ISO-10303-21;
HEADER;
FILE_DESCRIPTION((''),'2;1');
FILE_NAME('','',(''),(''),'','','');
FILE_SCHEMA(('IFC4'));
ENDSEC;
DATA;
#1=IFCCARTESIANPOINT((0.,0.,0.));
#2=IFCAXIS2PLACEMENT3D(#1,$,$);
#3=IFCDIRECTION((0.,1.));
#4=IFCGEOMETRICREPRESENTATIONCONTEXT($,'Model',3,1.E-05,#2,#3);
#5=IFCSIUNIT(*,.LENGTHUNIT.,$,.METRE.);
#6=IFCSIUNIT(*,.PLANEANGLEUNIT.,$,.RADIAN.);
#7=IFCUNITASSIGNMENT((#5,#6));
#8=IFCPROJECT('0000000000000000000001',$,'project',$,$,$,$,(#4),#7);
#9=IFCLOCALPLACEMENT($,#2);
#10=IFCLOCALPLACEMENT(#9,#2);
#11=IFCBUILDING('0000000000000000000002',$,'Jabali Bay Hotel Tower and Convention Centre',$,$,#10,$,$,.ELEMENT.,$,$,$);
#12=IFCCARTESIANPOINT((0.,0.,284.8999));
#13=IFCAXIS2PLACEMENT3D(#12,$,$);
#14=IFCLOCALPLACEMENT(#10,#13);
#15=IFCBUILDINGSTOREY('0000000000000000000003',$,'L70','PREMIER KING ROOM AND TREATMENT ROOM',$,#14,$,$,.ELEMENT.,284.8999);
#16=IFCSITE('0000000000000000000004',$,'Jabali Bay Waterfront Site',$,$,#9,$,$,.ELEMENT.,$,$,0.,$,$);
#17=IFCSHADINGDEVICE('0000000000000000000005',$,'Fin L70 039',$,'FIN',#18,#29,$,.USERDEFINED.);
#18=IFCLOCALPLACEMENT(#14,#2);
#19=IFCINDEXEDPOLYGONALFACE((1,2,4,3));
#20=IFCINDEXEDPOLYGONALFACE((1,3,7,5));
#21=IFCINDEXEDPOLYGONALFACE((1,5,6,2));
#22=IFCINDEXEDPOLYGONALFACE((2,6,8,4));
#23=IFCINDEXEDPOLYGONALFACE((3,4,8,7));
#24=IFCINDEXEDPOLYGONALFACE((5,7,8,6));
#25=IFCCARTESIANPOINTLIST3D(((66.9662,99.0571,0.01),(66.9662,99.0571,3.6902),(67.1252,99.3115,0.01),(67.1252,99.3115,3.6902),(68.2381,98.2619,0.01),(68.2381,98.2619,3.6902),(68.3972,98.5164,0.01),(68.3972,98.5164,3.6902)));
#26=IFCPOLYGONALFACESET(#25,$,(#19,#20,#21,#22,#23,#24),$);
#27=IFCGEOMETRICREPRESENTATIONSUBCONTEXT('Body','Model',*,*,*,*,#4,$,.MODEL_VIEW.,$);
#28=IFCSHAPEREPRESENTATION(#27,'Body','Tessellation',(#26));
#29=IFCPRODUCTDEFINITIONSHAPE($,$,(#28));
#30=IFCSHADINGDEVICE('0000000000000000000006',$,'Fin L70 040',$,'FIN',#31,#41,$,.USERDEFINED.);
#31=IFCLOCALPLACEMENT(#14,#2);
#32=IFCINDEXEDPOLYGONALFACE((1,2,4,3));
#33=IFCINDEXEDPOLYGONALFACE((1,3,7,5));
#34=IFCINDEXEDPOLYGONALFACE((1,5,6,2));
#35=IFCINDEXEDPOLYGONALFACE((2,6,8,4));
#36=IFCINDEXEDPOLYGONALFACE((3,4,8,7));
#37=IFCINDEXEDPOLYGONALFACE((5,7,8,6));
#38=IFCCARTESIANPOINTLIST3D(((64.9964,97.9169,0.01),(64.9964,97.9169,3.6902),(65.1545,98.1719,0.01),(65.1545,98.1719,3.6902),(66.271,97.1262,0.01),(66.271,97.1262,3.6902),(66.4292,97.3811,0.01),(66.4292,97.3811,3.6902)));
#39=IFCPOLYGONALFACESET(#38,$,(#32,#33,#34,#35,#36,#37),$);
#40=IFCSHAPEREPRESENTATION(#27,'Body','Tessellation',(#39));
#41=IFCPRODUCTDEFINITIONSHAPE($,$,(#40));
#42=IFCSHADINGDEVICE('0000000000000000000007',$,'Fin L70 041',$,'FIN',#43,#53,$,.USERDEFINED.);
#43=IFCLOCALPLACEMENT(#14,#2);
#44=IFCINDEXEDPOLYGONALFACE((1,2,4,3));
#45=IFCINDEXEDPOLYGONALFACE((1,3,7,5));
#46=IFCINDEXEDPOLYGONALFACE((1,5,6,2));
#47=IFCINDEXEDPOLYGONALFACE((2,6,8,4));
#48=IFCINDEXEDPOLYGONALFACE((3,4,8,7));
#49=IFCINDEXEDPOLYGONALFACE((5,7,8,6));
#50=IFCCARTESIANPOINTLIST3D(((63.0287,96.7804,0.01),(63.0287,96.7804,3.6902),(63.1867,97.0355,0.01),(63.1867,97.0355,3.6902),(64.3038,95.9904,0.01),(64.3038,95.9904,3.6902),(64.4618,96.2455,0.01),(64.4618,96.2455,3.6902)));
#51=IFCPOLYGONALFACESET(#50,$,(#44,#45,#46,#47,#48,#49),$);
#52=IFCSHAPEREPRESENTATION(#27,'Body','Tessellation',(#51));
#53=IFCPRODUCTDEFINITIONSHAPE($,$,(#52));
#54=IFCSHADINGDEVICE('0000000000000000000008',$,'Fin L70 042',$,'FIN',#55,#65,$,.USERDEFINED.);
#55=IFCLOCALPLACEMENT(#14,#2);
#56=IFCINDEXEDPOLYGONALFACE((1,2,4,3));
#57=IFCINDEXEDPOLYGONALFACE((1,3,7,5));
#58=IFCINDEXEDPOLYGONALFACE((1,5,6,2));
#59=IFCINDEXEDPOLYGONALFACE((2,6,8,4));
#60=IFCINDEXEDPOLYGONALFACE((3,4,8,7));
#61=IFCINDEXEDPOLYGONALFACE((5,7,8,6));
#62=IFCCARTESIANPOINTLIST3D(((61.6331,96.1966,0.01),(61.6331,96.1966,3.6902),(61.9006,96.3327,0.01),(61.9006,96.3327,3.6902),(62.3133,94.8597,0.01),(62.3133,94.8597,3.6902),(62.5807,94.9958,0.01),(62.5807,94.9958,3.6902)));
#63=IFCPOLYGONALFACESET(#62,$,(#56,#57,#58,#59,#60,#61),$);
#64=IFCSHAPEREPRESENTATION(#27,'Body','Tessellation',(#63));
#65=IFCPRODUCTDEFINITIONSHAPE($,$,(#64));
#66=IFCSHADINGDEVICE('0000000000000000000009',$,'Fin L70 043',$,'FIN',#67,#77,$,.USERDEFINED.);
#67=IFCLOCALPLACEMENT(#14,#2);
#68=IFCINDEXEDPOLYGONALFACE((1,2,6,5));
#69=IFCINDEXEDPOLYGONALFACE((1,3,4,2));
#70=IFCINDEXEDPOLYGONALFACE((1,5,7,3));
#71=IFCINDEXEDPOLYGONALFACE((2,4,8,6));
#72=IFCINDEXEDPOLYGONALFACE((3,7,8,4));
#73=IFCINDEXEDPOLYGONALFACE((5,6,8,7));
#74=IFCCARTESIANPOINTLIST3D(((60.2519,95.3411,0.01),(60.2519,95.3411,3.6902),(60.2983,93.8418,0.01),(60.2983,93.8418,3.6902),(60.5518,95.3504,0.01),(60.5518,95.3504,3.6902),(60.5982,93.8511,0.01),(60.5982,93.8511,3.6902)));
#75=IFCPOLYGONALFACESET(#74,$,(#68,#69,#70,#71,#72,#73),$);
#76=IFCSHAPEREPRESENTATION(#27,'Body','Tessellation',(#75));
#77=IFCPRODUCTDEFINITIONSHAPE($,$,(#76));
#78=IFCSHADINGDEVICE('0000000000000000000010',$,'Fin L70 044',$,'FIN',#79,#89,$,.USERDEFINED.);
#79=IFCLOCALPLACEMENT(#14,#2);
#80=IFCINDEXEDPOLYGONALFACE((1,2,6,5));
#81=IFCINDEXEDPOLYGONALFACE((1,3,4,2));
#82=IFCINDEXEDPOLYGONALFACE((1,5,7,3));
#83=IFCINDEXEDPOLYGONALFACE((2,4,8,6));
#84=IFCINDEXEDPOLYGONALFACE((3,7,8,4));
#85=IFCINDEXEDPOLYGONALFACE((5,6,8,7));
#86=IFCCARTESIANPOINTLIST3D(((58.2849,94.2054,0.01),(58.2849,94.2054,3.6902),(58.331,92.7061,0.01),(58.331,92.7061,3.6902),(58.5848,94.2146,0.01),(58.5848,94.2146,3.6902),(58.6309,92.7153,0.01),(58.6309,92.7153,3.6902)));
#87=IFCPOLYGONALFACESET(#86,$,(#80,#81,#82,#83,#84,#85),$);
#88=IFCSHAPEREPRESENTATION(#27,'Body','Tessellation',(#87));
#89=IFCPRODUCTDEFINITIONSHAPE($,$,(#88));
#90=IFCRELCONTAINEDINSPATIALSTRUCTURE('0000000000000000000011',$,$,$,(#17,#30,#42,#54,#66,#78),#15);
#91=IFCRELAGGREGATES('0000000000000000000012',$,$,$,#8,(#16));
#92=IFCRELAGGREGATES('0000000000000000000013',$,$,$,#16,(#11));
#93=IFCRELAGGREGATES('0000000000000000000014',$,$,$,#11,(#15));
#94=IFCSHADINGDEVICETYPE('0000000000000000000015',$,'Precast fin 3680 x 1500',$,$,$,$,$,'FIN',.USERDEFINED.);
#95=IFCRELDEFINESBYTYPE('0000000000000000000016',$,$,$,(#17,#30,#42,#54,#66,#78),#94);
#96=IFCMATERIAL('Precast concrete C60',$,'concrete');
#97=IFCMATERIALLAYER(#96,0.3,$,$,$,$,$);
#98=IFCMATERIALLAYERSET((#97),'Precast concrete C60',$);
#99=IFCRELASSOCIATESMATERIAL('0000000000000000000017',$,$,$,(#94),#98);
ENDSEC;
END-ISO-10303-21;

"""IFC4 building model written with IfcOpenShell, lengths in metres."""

from ifc_helpers import new_model, si_unit, direction, frame, frame_2d, origin, place, context, subcontext, project, spatial, rectangle, extrude, material, layer, layer_set, type_object, element, save


model = new_model("IFC4")

# Units and contexts
model_context = context("Model", 3, precision=1e-05, world=origin(), true_north=direction((0.0, 1.0)))
body_context = subcontext(model_context, "Body", "Model", "MODEL_VIEW")
ifc_project = project(units=[si_unit("LENGTHUNIT", "METRE"), si_unit("PLANEANGLEUNIT", "RADIAN")], contexts=[model_context])

# Site, building, storey
site_placement = place(None, origin())
site = spatial("IfcSite", under=ifc_project, at=site_placement, Name="Jabali Bay Waterfront Site", CompositionType="ELEMENT", RefElevation=0.0)
building_placement = place(site_placement, origin())
building = spatial("IfcBuilding", under=site, at=building_placement, Name="Jabali Bay Hotel Tower and Convention Centre", CompositionType="ELEMENT")
storey_placement = place(building_placement, frame((0.0, 0.0, 284.8999)))
storey = spatial("IfcBuildingStorey", under=building, at=storey_placement, Name="L70", Description="PREMIER KING ROOM AND TREATMENT ROOM", CompositionType="ELEMENT", Elevation=284.8999)

# Shading devices
ifc_material_1 = material(Name="Precast concrete C60", Category="concrete")
ifc_layer_1 = layer(ifc_material_1, 0.3)
ifc_layer_set_1 = layer_set([ifc_layer_1], Name="Precast concrete C60")
shading_device_type_1 = type_object("IfcShadingDeviceType", Name="Precast fin 3680 x 1500", ElementType="FIN", PredefinedType="USERDEFINED", material=ifc_layer_set_1)
for number, where, z_axis, x_axis, name in (
    (1, (68.3176, 98.3892, 0.01), (0.0, 0.0, 1.0), (-0.847943, 0.530087, 0.0), "Fin L70 039"),
    (2, (66.3501, 97.2537, 0.01), (0.0, 0.0, 1.0), (-0.849758, 0.527172, 0.0), "Fin L70 040"),
    (3, (64.3828, 96.1179, 0.01), (0.0, 0.0, 1.0), (-0.850067, 0.526674, 0.0), "Fin L70 041"),
    (4, (62.447, 94.9277, 0.01), (0.0, 0.0, 1.0), (-0.453453, 0.89128, 0.0), "Fin L70 042"),
    (5, (60.4482, 93.8464, 0.01), (0.0, 0.0, 1.0), (-0.030925, 0.999522, 0.0), "Fin L70 043"),
    (6, (58.481, 92.7107, 0.01), (0.0, 0.0, 1.0), (-0.030762, 0.999527, 0.0), "Fin L70 044"),
):
    element("IfcShadingDevice", number, at=place(storey_placement, frame(where, z_axis=z_axis, x_axis=x_axis)), inside=storey, type_object=shading_device_type_1, Name=name, ObjectType="FIN", PredefinedType="USERDEFINED", context=body_context, shape_type="SweptSolid", body=[
        extrude(rectangle(XDim=1.5, YDim=0.3, at=frame_2d((0.75, 0.0))), origin(), (0.0, 0.0, 1.0), 3.6802),
    ])

save(model, "model.ifc")
